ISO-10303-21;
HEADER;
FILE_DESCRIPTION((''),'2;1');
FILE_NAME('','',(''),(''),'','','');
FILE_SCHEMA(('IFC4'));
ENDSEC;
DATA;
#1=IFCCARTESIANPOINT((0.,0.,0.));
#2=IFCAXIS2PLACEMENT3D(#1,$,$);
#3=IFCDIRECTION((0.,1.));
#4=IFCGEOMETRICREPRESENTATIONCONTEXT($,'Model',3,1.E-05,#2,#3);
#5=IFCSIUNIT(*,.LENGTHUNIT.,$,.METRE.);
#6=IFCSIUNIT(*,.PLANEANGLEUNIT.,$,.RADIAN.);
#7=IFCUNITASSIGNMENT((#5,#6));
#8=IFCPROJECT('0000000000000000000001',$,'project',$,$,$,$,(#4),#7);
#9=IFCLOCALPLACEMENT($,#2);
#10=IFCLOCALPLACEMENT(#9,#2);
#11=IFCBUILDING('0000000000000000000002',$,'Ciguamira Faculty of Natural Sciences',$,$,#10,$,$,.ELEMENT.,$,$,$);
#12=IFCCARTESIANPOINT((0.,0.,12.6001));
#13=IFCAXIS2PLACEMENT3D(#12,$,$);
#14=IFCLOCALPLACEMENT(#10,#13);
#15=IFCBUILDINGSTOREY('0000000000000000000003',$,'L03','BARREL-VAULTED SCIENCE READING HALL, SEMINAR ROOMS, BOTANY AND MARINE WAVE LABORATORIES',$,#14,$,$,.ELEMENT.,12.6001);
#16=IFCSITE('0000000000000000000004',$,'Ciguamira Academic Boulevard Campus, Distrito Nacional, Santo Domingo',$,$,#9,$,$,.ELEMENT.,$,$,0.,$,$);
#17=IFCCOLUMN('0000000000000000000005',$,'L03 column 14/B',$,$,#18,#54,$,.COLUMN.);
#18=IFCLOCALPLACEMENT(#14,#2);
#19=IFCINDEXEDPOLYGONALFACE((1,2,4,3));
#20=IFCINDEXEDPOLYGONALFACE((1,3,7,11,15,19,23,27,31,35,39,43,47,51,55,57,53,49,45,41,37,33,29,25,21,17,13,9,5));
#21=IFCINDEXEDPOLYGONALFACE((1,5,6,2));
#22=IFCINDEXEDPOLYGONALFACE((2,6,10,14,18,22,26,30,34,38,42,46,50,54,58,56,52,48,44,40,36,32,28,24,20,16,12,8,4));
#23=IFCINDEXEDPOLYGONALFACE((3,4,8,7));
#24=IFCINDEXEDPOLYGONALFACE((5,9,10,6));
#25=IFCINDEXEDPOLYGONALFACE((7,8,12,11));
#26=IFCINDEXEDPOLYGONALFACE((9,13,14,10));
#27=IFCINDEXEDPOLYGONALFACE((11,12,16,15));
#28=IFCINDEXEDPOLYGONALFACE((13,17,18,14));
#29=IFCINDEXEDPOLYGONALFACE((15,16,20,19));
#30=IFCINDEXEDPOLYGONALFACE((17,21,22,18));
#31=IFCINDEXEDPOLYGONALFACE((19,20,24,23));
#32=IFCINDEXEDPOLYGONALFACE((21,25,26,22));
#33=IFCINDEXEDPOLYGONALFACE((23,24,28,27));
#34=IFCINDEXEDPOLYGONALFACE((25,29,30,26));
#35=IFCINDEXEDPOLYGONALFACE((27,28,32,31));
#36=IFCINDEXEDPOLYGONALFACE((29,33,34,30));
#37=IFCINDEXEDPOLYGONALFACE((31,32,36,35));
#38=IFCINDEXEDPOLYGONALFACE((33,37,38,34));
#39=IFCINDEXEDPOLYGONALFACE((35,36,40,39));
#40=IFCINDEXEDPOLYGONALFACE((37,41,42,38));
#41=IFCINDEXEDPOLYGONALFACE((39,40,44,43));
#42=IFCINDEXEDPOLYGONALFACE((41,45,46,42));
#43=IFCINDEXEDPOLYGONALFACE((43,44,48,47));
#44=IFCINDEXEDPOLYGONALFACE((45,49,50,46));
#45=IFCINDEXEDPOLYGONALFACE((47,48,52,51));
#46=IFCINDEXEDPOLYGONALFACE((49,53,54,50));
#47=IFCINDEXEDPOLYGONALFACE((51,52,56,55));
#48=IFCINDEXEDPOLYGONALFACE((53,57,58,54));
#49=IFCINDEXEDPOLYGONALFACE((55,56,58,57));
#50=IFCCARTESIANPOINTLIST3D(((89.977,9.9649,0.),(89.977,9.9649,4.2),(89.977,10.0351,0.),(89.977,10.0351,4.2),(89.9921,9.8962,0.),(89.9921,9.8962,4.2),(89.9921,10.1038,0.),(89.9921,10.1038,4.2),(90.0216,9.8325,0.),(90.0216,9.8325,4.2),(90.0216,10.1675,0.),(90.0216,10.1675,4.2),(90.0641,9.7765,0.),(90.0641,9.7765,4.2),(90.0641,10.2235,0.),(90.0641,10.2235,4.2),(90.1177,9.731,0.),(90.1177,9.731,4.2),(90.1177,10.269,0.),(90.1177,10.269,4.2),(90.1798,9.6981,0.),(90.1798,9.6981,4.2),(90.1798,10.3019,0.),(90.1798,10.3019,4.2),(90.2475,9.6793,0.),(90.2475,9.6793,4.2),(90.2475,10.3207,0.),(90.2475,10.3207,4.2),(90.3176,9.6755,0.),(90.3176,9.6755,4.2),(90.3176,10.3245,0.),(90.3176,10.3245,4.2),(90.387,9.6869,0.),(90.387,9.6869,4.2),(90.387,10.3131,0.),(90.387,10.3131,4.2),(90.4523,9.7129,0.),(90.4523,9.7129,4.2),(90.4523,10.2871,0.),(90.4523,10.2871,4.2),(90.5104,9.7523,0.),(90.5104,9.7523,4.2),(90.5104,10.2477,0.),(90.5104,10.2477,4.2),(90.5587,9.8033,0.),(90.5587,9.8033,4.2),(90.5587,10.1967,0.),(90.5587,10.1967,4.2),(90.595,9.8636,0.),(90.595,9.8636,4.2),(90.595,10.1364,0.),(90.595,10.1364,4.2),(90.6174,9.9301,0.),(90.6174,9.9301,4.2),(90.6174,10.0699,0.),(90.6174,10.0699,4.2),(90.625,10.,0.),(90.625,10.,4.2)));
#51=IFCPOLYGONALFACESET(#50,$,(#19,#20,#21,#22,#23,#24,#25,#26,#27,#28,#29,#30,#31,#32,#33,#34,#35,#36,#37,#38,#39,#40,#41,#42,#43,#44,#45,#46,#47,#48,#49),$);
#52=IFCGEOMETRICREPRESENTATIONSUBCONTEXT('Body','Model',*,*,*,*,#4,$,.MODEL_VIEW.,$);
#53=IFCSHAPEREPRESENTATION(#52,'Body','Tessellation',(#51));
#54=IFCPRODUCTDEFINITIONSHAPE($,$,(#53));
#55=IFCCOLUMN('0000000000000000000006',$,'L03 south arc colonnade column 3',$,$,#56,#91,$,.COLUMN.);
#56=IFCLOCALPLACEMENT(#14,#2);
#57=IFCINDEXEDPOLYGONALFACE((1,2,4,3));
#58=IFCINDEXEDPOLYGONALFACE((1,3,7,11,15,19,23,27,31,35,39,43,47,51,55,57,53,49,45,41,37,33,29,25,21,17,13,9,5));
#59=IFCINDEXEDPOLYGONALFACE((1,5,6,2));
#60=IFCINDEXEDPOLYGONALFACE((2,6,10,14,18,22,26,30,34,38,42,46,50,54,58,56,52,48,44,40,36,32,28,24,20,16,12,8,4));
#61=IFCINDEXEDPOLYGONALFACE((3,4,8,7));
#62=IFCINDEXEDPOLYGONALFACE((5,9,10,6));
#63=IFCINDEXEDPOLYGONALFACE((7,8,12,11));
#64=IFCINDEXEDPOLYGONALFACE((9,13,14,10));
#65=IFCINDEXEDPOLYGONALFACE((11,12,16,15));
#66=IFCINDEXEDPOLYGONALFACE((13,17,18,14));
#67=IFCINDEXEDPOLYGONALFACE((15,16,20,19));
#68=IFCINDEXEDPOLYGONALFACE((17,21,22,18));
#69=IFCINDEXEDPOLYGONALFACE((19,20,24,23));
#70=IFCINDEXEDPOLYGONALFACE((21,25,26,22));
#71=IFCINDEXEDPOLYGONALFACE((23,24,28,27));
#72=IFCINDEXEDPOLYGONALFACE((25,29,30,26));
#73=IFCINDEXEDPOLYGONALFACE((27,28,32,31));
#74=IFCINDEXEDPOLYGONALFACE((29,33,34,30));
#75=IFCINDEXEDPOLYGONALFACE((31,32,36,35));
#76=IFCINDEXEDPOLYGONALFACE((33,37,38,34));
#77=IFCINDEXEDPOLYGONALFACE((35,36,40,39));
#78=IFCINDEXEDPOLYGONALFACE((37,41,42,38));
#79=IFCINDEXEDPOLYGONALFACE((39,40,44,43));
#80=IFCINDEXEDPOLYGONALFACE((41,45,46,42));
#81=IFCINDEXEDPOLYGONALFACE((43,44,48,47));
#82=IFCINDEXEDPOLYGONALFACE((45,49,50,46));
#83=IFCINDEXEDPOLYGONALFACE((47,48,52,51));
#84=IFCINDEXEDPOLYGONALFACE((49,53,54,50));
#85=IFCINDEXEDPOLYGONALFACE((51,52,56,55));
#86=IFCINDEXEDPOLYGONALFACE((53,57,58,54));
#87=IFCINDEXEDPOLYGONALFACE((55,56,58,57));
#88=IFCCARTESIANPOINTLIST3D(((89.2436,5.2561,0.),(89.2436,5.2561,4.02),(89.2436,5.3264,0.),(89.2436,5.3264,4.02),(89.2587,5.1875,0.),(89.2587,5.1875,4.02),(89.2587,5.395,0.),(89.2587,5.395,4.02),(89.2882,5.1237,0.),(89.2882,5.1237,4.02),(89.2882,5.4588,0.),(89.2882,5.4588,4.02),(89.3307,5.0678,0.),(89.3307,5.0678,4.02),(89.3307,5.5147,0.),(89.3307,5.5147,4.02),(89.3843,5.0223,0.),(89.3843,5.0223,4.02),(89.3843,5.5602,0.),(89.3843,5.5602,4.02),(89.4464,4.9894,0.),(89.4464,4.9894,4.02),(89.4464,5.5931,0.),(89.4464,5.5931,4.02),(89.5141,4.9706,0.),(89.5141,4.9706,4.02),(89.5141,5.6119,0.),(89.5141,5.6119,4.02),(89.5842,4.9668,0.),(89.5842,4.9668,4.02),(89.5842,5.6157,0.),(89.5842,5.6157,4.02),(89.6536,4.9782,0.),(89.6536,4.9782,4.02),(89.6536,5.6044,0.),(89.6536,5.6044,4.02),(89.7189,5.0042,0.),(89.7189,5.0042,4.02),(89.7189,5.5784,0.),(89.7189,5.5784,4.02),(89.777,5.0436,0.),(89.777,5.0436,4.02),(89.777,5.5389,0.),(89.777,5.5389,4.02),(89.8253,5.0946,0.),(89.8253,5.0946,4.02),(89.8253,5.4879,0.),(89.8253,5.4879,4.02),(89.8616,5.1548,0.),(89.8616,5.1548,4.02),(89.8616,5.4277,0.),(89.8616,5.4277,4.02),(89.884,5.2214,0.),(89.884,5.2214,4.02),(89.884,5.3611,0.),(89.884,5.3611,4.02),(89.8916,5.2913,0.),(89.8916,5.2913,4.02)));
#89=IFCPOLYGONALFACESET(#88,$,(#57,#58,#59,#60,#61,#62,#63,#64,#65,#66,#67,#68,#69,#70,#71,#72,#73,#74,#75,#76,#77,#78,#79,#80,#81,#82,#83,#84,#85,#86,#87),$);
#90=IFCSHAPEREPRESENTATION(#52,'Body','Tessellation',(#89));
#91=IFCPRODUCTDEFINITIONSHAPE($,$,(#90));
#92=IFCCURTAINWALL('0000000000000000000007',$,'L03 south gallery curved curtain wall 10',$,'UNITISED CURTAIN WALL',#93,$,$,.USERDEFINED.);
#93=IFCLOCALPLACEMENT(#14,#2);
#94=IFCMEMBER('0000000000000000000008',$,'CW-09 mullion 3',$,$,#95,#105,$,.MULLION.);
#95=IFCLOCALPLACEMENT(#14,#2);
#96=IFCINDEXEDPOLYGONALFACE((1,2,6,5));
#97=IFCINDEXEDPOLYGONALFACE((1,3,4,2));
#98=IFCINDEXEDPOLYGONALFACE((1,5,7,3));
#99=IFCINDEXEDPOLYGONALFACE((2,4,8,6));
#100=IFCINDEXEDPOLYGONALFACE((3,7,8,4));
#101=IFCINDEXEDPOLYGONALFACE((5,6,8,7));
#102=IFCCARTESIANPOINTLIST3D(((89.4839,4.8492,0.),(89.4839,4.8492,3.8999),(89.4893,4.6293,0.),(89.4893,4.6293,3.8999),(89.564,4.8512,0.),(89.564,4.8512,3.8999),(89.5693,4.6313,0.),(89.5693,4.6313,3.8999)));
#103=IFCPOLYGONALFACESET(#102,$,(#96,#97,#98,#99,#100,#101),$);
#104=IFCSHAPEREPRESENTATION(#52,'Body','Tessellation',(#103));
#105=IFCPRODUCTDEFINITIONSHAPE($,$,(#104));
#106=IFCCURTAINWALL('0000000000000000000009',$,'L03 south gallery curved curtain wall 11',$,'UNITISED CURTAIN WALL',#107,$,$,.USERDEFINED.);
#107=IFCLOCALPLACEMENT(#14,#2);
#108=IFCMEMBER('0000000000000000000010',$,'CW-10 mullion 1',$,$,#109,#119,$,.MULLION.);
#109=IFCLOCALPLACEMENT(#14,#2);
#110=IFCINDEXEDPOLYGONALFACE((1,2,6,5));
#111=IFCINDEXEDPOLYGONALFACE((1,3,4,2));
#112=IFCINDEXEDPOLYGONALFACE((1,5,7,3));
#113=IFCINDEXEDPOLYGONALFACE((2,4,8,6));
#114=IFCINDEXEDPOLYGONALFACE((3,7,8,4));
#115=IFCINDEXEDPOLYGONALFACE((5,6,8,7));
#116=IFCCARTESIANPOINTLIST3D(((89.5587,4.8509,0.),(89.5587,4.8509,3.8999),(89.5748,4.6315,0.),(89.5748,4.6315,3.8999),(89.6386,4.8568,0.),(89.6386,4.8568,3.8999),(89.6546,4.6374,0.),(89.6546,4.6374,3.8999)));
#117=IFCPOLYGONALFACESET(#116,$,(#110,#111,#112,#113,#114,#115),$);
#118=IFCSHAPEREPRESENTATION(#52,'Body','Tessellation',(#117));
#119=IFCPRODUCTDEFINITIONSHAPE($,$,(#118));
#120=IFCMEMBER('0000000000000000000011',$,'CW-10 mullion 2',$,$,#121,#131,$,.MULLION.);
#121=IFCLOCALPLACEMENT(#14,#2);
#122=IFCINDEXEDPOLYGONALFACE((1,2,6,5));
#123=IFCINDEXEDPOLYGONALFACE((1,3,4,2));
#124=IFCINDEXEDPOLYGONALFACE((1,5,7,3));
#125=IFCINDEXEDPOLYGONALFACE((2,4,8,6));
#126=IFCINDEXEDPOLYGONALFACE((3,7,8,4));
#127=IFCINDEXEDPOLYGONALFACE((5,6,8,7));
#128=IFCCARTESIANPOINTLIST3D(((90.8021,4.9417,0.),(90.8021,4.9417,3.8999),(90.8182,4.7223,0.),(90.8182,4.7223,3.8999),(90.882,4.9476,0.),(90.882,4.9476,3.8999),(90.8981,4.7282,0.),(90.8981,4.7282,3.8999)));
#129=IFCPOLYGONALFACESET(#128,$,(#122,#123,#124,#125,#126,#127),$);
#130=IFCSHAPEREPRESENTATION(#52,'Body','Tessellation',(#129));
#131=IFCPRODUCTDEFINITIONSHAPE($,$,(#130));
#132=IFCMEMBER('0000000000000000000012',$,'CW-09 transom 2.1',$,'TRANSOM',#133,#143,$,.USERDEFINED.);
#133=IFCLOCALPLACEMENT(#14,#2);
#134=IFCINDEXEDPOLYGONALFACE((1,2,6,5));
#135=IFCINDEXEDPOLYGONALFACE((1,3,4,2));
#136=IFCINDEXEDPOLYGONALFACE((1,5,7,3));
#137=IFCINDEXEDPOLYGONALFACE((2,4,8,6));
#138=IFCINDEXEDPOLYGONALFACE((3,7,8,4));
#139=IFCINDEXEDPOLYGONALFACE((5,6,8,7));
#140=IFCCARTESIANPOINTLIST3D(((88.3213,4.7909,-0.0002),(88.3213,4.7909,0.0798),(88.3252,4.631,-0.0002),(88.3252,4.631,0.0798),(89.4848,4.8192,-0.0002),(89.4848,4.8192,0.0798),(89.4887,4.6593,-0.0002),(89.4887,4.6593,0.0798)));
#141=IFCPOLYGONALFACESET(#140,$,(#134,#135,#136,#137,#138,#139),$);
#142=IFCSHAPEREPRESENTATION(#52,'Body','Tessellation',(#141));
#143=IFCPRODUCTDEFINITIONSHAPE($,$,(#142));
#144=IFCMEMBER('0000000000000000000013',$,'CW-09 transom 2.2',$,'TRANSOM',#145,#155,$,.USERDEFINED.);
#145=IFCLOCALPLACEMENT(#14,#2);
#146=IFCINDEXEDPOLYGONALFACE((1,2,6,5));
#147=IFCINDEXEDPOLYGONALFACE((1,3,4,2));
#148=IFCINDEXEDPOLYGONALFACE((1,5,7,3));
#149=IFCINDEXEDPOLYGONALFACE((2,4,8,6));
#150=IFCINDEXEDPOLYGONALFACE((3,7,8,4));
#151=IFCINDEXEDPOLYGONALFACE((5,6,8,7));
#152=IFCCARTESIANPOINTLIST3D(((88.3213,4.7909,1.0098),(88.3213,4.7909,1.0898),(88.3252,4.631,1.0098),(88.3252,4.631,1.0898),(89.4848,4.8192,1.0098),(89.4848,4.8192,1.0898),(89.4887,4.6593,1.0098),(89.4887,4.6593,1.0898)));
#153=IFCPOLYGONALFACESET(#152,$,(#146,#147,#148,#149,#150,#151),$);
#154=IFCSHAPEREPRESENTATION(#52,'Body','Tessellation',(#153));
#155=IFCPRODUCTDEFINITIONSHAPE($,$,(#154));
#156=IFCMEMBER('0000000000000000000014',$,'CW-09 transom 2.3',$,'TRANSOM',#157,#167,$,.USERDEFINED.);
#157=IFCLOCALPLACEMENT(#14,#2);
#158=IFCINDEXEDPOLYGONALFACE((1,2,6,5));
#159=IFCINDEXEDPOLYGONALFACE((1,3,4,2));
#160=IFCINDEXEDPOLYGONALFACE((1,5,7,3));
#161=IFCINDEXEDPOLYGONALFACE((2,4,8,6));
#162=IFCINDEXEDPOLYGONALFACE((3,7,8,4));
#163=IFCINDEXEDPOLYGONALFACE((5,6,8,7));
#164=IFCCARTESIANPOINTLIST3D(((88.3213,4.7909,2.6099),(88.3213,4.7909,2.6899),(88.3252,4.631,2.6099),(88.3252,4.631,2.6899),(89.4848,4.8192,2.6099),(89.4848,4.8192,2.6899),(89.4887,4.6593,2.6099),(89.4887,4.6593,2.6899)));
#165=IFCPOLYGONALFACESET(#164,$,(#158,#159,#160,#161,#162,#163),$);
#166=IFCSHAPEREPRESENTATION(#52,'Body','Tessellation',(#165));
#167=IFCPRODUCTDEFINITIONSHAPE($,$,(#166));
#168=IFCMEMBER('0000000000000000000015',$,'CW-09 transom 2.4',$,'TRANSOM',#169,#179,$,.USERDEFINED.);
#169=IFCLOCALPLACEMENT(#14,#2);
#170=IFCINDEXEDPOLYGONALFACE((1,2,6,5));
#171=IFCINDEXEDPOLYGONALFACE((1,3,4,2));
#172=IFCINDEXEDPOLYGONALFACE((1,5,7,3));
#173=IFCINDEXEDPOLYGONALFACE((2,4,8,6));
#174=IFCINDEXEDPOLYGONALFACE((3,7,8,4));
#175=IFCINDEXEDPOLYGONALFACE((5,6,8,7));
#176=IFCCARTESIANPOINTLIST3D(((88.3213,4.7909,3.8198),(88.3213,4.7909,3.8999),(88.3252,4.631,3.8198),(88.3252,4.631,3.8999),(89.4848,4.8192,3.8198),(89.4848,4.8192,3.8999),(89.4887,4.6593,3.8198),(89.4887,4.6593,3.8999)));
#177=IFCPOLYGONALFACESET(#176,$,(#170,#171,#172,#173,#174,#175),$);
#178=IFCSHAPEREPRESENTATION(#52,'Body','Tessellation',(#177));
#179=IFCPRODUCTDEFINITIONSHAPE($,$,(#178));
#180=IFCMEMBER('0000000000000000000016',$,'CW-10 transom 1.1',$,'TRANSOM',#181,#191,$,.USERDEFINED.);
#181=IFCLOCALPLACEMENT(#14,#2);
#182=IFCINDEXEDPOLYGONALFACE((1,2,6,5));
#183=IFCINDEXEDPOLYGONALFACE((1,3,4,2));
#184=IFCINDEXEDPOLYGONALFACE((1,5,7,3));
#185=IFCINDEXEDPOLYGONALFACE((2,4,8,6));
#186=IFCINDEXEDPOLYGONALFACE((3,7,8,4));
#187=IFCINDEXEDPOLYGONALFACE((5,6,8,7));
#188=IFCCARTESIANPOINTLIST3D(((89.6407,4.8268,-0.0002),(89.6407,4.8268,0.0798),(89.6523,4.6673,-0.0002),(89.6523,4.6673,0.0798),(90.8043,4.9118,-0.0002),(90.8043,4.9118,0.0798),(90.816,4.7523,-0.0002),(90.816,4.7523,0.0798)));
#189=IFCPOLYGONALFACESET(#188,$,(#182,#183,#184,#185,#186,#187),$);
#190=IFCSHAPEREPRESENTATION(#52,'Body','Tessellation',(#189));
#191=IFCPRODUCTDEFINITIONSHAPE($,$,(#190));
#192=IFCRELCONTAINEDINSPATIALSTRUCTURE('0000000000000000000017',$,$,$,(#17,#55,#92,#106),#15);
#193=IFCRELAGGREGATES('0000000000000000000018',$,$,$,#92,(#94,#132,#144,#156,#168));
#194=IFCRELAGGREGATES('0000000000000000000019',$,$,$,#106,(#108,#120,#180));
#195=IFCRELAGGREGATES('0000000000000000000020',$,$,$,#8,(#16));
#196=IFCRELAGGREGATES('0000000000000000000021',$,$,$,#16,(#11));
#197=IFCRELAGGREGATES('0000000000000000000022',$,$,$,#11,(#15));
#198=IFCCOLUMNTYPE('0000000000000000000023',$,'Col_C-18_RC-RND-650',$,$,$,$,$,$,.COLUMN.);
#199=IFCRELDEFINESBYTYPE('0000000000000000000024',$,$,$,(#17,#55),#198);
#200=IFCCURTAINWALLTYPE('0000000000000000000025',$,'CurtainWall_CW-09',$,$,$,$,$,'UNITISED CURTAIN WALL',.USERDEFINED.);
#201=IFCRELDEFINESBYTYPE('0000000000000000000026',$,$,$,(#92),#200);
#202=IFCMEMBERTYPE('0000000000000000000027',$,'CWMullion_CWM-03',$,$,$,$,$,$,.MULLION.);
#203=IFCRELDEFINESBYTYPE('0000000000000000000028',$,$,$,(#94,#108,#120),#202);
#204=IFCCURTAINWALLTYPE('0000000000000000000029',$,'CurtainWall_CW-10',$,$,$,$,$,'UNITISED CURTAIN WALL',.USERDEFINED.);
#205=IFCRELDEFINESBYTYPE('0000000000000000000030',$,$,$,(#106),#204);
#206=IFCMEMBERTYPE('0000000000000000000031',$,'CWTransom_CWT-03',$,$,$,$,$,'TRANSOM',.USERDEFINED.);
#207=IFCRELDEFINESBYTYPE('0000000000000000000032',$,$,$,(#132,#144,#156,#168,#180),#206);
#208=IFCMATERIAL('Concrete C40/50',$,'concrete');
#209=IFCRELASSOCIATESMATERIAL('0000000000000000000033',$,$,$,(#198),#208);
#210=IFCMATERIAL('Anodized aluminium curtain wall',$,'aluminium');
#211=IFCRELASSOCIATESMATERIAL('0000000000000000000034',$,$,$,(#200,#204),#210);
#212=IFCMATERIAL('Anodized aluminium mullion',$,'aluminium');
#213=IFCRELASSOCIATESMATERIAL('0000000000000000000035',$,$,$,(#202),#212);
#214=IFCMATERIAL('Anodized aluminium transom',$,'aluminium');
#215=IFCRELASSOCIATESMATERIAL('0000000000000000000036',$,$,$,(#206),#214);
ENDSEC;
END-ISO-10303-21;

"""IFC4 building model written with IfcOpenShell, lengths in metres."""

from ifc_helpers import new_model, si_unit, direction, frame, origin, origin_2d, place, context, subcontext, project, spatial, rectangle, circle, extrude, material, material_profile, profile_set, type_object, element, aggregate, save


model = new_model("IFC4")

# Units and contexts
model_context = context("Model", 3, precision=1e-05, world=origin(), true_north=direction((0.0, 1.0)))
body_context = subcontext(model_context, "Body", "Model", "MODEL_VIEW")
ifc_project = project(units=[si_unit("LENGTHUNIT", "METRE"), si_unit("PLANEANGLEUNIT", "RADIAN")], contexts=[model_context])

# Site, building, storey
site_placement = place(None, origin())
site = spatial("IfcSite", under=ifc_project, at=site_placement, Name="Ciguamira Academic Boulevard Campus, Distrito Nacional, Santo Domingo", CompositionType="ELEMENT", RefElevation=0.0)
building_placement = place(site_placement, origin())
building = spatial("IfcBuilding", under=site, at=building_placement, Name="Ciguamira Faculty of Natural Sciences", CompositionType="ELEMENT")
storey_placement = place(building_placement, frame((0.0, 0.0, 12.6001)))
storey = spatial("IfcBuildingStorey", under=building, at=storey_placement, Name="L03", Description="BARREL-VAULTED SCIENCE READING HALL, SEMINAR ROOMS, BOTANY AND MARINE WAVE LABORATORIES", CompositionType="ELEMENT", Elevation=12.6001)

# Columns
ifc_material_1 = material(Name="Concrete C40/50", Category="concrete")
ifc_material_profile_1 = material_profile(ifc_material_1, circle(Radius=0.325, at=origin_2d()), Name="RC-RND-650")
ifc_profile_set_1 = profile_set([ifc_material_profile_1], Name="Concrete C40/50")
column_type = type_object("IfcColumnType", Name="Col_C-18_RC-RND-650", PredefinedType="COLUMN", material=ifc_profile_set_1)
column_1_placement = place(storey_placement, frame((90.3, 10.0, 0.0), z_axis=(0.0, 0.0, 1.0), x_axis=(1.0, 0.0, 0.0)))
element("IfcColumn", 1, at=column_1_placement, inside=storey, type_object=column_type, Name="L03 column 14/B", PredefinedType="COLUMN", context=body_context, shape_type="SweptSolid", body=[
    extrude(circle(Radius=0.325, at=origin_2d()), origin(), (0.0, 0.0, 1.0), 4.2),
])
column_2_placement = place(storey_placement, frame((89.5667, 5.2913, 0.0), z_axis=(0.0, 0.0, 1.0), x_axis=(1.0, 0.0, 0.0)))
element("IfcColumn", 2, at=column_2_placement, inside=storey, type_object=column_type, Name="L03 south arc colonnade column 3", PredefinedType="COLUMN", context=body_context, shape_type="SweptSolid", body=[
    extrude(circle(Radius=0.325, at=origin_2d()), origin(), (0.0, 0.0, 1.0), 4.02),
])

# Curtain wall, member
ifc_material_2 = material(Name="Anodized aluminium curtain wall", Category="aluminium")
curtain_wall_type_1 = type_object("IfcCurtainWallType", Name="CurtainWall_CW-09", ElementType="UNITISED CURTAIN WALL", PredefinedType="USERDEFINED", material=ifc_material_2)
curtain_wall_1_placement = place(storey_placement, origin())
curtain_wall_1 = element("IfcCurtainWall", 3, at=curtain_wall_1_placement, inside=storey, type_object=curtain_wall_type_1, Name="L03 south gallery curved curtain wall 10", ObjectType="UNITISED CURTAIN WALL", PredefinedType="USERDEFINED")
ifc_material_3 = material(Name="Anodized aluminium mullion", Category="aluminium")
ifc_material_profile_2 = material_profile(ifc_material_3, rectangle(XDim=0.0801, YDim=0.22, at=origin_2d()), Name="ALU-MUL-80X220")
ifc_profile_set_2 = profile_set([ifc_material_profile_2], Name="Anodized aluminium mullion")
member_type_1 = type_object("IfcMemberType", Name="CWMullion_CWM-03", PredefinedType="MULLION", material=ifc_profile_set_2)
member_1_placement = place(storey_placement, frame((89.5266, 4.7402, 0.0), z_axis=(0.0, 0.0, 1.0), x_axis=(0.999704, 0.024343, 0.0)))
member_1 = element("IfcMember", 4, at=member_1_placement, type_object=member_type_1, Name="CW-09 mullion 3", PredefinedType="MULLION", context=body_context, shape_type="SweptSolid", body=[
    extrude(rectangle(XDim=0.0801, YDim=0.22, at=origin_2d()), origin(), (0.0, 0.0, 1.0), 3.8999),
])

# Curtain wall, members
curtain_wall_type_2 = type_object("IfcCurtainWallType", Name="CurtainWall_CW-10", ElementType="UNITISED CURTAIN WALL", PredefinedType="USERDEFINED", material=ifc_material_2)
curtain_wall_2_placement = place(storey_placement, origin())
curtain_wall_2 = element("IfcCurtainWall", 5, at=curtain_wall_2_placement, inside=storey, type_object=curtain_wall_type_2, Name="L03 south gallery curved curtain wall 11", ObjectType="UNITISED CURTAIN WALL", PredefinedType="USERDEFINED")
member_2_placement = place(storey_placement, frame((89.6067, 4.7441, 0.0), z_axis=(0.0, 0.0, 1.0), x_axis=(0.997337, 0.072937, 0.0)))
member_2 = element("IfcMember", 6, at=member_2_placement, type_object=member_type_1, Name="CW-10 mullion 1", PredefinedType="MULLION", context=body_context, shape_type="SweptSolid", body=[
    extrude(rectangle(XDim=0.0801, YDim=0.22, at=origin_2d()), origin(), (0.0, 0.0, 1.0), 3.8999),
])
member_3_placement = place(storey_placement, frame((90.8501, 4.835, 0.0), z_axis=(0.0, 0.0, 1.0), x_axis=(0.997337, 0.072937, 0.0)))
member_3 = element("IfcMember", 7, at=member_3_placement, type_object=member_type_1, Name="CW-10 mullion 2", PredefinedType="MULLION", context=body_context, shape_type="SweptSolid", body=[
    extrude(rectangle(XDim=0.0801, YDim=0.22, at=origin_2d()), origin(), (0.0, 0.0, 1.0), 3.8999),
])

# Members
ifc_material_4 = material(Name="Anodized aluminium transom", Category="aluminium")
ifc_material_profile_3 = material_profile(ifc_material_4, rectangle(XDim=0.0801, YDim=0.1599, at=origin_2d()), Name="ALU-TRN-80X160")
ifc_profile_set_3 = profile_set([ifc_material_profile_3], Name="Anodized aluminium transom")
member_type_2 = type_object("IfcMemberType", Name="CWTransom_CWT-03", ElementType="TRANSOM", PredefinedType="USERDEFINED", material=ifc_profile_set_3)
member_4_placement = place(storey_placement, frame((88.3232, 4.7109, 0.0398), z_axis=(0.999704, 0.024332, 0.0), x_axis=(0.0, 0.0, 1.0)))
member_4 = element("IfcMember", 8, at=member_4_placement, type_object=member_type_2, Name="CW-09 transom 2.1", ObjectType="TRANSOM", PredefinedType="USERDEFINED", context=body_context, shape_type="SweptSolid", body=[
    extrude(rectangle(XDim=0.0801, YDim=0.1599, at=origin_2d()), origin(), (0.0, 0.0, 1.0), 1.1638),
])
member_5_placement = place(storey_placement, frame((88.3232, 4.7109, 1.0498), z_axis=(0.999704, 0.024332, 0.0), x_axis=(0.0, 0.0, 1.0)))
member_5 = element("IfcMember", 9, at=member_5_placement, type_object=member_type_2, Name="CW-09 transom 2.2", ObjectType="TRANSOM", PredefinedType="USERDEFINED", context=body_context, shape_type="SweptSolid", body=[
    extrude(rectangle(XDim=0.0801, YDim=0.1599, at=origin_2d()), origin(), (0.0, 0.0, 1.0), 1.1638),
])
member_6_placement = place(storey_placement, frame((88.3232, 4.7109, 2.6499), z_axis=(0.999704, 0.024332, 0.0), x_axis=(0.0, 0.0, 1.0)))
member_6 = element("IfcMember", 10, at=member_6_placement, type_object=member_type_2, Name="CW-09 transom 2.3", ObjectType="TRANSOM", PredefinedType="USERDEFINED", context=body_context, shape_type="SweptSolid", body=[
    extrude(rectangle(XDim=0.0801, YDim=0.1599, at=origin_2d()), origin(), (0.0, 0.0, 1.0), 1.1638),
])
member_7_placement = place(storey_placement, frame((88.3232, 4.7109, 3.8599), z_axis=(0.999704, 0.024332, 0.0), x_axis=(0.0, 0.0, 1.0)))
member_7 = element("IfcMember", 11, at=member_7_placement, type_object=member_type_2, Name="CW-09 transom 2.4", ObjectType="TRANSOM", PredefinedType="USERDEFINED", context=body_context, shape_type="SweptSolid", body=[
    extrude(rectangle(XDim=0.0801, YDim=0.1599, at=origin_2d()), origin(), (0.0, 0.0, 1.0), 1.1638),
])
member_8_placement = place(storey_placement, frame((89.6465, 4.7471, 0.0398), z_axis=(0.997345, 0.072823, 0.0), x_axis=(0.0, 0.0, 1.0)))
member_8 = element("IfcMember", 12, at=member_8_placement, type_object=member_type_2, Name="CW-10 transom 1.1", ObjectType="TRANSOM", PredefinedType="USERDEFINED", context=body_context, shape_type="SweptSolid", body=[
    extrude(rectangle(XDim=0.0801, YDim=0.1599, at=origin_2d()), origin(), (0.0, 0.0, 1.0), 1.1667),
])

aggregate(curtain_wall_1, [member_1, member_4, member_5, member_6, member_7])
aggregate(curtain_wall_2, [member_2, member_3, member_8])

save(model, "model.ifc")
